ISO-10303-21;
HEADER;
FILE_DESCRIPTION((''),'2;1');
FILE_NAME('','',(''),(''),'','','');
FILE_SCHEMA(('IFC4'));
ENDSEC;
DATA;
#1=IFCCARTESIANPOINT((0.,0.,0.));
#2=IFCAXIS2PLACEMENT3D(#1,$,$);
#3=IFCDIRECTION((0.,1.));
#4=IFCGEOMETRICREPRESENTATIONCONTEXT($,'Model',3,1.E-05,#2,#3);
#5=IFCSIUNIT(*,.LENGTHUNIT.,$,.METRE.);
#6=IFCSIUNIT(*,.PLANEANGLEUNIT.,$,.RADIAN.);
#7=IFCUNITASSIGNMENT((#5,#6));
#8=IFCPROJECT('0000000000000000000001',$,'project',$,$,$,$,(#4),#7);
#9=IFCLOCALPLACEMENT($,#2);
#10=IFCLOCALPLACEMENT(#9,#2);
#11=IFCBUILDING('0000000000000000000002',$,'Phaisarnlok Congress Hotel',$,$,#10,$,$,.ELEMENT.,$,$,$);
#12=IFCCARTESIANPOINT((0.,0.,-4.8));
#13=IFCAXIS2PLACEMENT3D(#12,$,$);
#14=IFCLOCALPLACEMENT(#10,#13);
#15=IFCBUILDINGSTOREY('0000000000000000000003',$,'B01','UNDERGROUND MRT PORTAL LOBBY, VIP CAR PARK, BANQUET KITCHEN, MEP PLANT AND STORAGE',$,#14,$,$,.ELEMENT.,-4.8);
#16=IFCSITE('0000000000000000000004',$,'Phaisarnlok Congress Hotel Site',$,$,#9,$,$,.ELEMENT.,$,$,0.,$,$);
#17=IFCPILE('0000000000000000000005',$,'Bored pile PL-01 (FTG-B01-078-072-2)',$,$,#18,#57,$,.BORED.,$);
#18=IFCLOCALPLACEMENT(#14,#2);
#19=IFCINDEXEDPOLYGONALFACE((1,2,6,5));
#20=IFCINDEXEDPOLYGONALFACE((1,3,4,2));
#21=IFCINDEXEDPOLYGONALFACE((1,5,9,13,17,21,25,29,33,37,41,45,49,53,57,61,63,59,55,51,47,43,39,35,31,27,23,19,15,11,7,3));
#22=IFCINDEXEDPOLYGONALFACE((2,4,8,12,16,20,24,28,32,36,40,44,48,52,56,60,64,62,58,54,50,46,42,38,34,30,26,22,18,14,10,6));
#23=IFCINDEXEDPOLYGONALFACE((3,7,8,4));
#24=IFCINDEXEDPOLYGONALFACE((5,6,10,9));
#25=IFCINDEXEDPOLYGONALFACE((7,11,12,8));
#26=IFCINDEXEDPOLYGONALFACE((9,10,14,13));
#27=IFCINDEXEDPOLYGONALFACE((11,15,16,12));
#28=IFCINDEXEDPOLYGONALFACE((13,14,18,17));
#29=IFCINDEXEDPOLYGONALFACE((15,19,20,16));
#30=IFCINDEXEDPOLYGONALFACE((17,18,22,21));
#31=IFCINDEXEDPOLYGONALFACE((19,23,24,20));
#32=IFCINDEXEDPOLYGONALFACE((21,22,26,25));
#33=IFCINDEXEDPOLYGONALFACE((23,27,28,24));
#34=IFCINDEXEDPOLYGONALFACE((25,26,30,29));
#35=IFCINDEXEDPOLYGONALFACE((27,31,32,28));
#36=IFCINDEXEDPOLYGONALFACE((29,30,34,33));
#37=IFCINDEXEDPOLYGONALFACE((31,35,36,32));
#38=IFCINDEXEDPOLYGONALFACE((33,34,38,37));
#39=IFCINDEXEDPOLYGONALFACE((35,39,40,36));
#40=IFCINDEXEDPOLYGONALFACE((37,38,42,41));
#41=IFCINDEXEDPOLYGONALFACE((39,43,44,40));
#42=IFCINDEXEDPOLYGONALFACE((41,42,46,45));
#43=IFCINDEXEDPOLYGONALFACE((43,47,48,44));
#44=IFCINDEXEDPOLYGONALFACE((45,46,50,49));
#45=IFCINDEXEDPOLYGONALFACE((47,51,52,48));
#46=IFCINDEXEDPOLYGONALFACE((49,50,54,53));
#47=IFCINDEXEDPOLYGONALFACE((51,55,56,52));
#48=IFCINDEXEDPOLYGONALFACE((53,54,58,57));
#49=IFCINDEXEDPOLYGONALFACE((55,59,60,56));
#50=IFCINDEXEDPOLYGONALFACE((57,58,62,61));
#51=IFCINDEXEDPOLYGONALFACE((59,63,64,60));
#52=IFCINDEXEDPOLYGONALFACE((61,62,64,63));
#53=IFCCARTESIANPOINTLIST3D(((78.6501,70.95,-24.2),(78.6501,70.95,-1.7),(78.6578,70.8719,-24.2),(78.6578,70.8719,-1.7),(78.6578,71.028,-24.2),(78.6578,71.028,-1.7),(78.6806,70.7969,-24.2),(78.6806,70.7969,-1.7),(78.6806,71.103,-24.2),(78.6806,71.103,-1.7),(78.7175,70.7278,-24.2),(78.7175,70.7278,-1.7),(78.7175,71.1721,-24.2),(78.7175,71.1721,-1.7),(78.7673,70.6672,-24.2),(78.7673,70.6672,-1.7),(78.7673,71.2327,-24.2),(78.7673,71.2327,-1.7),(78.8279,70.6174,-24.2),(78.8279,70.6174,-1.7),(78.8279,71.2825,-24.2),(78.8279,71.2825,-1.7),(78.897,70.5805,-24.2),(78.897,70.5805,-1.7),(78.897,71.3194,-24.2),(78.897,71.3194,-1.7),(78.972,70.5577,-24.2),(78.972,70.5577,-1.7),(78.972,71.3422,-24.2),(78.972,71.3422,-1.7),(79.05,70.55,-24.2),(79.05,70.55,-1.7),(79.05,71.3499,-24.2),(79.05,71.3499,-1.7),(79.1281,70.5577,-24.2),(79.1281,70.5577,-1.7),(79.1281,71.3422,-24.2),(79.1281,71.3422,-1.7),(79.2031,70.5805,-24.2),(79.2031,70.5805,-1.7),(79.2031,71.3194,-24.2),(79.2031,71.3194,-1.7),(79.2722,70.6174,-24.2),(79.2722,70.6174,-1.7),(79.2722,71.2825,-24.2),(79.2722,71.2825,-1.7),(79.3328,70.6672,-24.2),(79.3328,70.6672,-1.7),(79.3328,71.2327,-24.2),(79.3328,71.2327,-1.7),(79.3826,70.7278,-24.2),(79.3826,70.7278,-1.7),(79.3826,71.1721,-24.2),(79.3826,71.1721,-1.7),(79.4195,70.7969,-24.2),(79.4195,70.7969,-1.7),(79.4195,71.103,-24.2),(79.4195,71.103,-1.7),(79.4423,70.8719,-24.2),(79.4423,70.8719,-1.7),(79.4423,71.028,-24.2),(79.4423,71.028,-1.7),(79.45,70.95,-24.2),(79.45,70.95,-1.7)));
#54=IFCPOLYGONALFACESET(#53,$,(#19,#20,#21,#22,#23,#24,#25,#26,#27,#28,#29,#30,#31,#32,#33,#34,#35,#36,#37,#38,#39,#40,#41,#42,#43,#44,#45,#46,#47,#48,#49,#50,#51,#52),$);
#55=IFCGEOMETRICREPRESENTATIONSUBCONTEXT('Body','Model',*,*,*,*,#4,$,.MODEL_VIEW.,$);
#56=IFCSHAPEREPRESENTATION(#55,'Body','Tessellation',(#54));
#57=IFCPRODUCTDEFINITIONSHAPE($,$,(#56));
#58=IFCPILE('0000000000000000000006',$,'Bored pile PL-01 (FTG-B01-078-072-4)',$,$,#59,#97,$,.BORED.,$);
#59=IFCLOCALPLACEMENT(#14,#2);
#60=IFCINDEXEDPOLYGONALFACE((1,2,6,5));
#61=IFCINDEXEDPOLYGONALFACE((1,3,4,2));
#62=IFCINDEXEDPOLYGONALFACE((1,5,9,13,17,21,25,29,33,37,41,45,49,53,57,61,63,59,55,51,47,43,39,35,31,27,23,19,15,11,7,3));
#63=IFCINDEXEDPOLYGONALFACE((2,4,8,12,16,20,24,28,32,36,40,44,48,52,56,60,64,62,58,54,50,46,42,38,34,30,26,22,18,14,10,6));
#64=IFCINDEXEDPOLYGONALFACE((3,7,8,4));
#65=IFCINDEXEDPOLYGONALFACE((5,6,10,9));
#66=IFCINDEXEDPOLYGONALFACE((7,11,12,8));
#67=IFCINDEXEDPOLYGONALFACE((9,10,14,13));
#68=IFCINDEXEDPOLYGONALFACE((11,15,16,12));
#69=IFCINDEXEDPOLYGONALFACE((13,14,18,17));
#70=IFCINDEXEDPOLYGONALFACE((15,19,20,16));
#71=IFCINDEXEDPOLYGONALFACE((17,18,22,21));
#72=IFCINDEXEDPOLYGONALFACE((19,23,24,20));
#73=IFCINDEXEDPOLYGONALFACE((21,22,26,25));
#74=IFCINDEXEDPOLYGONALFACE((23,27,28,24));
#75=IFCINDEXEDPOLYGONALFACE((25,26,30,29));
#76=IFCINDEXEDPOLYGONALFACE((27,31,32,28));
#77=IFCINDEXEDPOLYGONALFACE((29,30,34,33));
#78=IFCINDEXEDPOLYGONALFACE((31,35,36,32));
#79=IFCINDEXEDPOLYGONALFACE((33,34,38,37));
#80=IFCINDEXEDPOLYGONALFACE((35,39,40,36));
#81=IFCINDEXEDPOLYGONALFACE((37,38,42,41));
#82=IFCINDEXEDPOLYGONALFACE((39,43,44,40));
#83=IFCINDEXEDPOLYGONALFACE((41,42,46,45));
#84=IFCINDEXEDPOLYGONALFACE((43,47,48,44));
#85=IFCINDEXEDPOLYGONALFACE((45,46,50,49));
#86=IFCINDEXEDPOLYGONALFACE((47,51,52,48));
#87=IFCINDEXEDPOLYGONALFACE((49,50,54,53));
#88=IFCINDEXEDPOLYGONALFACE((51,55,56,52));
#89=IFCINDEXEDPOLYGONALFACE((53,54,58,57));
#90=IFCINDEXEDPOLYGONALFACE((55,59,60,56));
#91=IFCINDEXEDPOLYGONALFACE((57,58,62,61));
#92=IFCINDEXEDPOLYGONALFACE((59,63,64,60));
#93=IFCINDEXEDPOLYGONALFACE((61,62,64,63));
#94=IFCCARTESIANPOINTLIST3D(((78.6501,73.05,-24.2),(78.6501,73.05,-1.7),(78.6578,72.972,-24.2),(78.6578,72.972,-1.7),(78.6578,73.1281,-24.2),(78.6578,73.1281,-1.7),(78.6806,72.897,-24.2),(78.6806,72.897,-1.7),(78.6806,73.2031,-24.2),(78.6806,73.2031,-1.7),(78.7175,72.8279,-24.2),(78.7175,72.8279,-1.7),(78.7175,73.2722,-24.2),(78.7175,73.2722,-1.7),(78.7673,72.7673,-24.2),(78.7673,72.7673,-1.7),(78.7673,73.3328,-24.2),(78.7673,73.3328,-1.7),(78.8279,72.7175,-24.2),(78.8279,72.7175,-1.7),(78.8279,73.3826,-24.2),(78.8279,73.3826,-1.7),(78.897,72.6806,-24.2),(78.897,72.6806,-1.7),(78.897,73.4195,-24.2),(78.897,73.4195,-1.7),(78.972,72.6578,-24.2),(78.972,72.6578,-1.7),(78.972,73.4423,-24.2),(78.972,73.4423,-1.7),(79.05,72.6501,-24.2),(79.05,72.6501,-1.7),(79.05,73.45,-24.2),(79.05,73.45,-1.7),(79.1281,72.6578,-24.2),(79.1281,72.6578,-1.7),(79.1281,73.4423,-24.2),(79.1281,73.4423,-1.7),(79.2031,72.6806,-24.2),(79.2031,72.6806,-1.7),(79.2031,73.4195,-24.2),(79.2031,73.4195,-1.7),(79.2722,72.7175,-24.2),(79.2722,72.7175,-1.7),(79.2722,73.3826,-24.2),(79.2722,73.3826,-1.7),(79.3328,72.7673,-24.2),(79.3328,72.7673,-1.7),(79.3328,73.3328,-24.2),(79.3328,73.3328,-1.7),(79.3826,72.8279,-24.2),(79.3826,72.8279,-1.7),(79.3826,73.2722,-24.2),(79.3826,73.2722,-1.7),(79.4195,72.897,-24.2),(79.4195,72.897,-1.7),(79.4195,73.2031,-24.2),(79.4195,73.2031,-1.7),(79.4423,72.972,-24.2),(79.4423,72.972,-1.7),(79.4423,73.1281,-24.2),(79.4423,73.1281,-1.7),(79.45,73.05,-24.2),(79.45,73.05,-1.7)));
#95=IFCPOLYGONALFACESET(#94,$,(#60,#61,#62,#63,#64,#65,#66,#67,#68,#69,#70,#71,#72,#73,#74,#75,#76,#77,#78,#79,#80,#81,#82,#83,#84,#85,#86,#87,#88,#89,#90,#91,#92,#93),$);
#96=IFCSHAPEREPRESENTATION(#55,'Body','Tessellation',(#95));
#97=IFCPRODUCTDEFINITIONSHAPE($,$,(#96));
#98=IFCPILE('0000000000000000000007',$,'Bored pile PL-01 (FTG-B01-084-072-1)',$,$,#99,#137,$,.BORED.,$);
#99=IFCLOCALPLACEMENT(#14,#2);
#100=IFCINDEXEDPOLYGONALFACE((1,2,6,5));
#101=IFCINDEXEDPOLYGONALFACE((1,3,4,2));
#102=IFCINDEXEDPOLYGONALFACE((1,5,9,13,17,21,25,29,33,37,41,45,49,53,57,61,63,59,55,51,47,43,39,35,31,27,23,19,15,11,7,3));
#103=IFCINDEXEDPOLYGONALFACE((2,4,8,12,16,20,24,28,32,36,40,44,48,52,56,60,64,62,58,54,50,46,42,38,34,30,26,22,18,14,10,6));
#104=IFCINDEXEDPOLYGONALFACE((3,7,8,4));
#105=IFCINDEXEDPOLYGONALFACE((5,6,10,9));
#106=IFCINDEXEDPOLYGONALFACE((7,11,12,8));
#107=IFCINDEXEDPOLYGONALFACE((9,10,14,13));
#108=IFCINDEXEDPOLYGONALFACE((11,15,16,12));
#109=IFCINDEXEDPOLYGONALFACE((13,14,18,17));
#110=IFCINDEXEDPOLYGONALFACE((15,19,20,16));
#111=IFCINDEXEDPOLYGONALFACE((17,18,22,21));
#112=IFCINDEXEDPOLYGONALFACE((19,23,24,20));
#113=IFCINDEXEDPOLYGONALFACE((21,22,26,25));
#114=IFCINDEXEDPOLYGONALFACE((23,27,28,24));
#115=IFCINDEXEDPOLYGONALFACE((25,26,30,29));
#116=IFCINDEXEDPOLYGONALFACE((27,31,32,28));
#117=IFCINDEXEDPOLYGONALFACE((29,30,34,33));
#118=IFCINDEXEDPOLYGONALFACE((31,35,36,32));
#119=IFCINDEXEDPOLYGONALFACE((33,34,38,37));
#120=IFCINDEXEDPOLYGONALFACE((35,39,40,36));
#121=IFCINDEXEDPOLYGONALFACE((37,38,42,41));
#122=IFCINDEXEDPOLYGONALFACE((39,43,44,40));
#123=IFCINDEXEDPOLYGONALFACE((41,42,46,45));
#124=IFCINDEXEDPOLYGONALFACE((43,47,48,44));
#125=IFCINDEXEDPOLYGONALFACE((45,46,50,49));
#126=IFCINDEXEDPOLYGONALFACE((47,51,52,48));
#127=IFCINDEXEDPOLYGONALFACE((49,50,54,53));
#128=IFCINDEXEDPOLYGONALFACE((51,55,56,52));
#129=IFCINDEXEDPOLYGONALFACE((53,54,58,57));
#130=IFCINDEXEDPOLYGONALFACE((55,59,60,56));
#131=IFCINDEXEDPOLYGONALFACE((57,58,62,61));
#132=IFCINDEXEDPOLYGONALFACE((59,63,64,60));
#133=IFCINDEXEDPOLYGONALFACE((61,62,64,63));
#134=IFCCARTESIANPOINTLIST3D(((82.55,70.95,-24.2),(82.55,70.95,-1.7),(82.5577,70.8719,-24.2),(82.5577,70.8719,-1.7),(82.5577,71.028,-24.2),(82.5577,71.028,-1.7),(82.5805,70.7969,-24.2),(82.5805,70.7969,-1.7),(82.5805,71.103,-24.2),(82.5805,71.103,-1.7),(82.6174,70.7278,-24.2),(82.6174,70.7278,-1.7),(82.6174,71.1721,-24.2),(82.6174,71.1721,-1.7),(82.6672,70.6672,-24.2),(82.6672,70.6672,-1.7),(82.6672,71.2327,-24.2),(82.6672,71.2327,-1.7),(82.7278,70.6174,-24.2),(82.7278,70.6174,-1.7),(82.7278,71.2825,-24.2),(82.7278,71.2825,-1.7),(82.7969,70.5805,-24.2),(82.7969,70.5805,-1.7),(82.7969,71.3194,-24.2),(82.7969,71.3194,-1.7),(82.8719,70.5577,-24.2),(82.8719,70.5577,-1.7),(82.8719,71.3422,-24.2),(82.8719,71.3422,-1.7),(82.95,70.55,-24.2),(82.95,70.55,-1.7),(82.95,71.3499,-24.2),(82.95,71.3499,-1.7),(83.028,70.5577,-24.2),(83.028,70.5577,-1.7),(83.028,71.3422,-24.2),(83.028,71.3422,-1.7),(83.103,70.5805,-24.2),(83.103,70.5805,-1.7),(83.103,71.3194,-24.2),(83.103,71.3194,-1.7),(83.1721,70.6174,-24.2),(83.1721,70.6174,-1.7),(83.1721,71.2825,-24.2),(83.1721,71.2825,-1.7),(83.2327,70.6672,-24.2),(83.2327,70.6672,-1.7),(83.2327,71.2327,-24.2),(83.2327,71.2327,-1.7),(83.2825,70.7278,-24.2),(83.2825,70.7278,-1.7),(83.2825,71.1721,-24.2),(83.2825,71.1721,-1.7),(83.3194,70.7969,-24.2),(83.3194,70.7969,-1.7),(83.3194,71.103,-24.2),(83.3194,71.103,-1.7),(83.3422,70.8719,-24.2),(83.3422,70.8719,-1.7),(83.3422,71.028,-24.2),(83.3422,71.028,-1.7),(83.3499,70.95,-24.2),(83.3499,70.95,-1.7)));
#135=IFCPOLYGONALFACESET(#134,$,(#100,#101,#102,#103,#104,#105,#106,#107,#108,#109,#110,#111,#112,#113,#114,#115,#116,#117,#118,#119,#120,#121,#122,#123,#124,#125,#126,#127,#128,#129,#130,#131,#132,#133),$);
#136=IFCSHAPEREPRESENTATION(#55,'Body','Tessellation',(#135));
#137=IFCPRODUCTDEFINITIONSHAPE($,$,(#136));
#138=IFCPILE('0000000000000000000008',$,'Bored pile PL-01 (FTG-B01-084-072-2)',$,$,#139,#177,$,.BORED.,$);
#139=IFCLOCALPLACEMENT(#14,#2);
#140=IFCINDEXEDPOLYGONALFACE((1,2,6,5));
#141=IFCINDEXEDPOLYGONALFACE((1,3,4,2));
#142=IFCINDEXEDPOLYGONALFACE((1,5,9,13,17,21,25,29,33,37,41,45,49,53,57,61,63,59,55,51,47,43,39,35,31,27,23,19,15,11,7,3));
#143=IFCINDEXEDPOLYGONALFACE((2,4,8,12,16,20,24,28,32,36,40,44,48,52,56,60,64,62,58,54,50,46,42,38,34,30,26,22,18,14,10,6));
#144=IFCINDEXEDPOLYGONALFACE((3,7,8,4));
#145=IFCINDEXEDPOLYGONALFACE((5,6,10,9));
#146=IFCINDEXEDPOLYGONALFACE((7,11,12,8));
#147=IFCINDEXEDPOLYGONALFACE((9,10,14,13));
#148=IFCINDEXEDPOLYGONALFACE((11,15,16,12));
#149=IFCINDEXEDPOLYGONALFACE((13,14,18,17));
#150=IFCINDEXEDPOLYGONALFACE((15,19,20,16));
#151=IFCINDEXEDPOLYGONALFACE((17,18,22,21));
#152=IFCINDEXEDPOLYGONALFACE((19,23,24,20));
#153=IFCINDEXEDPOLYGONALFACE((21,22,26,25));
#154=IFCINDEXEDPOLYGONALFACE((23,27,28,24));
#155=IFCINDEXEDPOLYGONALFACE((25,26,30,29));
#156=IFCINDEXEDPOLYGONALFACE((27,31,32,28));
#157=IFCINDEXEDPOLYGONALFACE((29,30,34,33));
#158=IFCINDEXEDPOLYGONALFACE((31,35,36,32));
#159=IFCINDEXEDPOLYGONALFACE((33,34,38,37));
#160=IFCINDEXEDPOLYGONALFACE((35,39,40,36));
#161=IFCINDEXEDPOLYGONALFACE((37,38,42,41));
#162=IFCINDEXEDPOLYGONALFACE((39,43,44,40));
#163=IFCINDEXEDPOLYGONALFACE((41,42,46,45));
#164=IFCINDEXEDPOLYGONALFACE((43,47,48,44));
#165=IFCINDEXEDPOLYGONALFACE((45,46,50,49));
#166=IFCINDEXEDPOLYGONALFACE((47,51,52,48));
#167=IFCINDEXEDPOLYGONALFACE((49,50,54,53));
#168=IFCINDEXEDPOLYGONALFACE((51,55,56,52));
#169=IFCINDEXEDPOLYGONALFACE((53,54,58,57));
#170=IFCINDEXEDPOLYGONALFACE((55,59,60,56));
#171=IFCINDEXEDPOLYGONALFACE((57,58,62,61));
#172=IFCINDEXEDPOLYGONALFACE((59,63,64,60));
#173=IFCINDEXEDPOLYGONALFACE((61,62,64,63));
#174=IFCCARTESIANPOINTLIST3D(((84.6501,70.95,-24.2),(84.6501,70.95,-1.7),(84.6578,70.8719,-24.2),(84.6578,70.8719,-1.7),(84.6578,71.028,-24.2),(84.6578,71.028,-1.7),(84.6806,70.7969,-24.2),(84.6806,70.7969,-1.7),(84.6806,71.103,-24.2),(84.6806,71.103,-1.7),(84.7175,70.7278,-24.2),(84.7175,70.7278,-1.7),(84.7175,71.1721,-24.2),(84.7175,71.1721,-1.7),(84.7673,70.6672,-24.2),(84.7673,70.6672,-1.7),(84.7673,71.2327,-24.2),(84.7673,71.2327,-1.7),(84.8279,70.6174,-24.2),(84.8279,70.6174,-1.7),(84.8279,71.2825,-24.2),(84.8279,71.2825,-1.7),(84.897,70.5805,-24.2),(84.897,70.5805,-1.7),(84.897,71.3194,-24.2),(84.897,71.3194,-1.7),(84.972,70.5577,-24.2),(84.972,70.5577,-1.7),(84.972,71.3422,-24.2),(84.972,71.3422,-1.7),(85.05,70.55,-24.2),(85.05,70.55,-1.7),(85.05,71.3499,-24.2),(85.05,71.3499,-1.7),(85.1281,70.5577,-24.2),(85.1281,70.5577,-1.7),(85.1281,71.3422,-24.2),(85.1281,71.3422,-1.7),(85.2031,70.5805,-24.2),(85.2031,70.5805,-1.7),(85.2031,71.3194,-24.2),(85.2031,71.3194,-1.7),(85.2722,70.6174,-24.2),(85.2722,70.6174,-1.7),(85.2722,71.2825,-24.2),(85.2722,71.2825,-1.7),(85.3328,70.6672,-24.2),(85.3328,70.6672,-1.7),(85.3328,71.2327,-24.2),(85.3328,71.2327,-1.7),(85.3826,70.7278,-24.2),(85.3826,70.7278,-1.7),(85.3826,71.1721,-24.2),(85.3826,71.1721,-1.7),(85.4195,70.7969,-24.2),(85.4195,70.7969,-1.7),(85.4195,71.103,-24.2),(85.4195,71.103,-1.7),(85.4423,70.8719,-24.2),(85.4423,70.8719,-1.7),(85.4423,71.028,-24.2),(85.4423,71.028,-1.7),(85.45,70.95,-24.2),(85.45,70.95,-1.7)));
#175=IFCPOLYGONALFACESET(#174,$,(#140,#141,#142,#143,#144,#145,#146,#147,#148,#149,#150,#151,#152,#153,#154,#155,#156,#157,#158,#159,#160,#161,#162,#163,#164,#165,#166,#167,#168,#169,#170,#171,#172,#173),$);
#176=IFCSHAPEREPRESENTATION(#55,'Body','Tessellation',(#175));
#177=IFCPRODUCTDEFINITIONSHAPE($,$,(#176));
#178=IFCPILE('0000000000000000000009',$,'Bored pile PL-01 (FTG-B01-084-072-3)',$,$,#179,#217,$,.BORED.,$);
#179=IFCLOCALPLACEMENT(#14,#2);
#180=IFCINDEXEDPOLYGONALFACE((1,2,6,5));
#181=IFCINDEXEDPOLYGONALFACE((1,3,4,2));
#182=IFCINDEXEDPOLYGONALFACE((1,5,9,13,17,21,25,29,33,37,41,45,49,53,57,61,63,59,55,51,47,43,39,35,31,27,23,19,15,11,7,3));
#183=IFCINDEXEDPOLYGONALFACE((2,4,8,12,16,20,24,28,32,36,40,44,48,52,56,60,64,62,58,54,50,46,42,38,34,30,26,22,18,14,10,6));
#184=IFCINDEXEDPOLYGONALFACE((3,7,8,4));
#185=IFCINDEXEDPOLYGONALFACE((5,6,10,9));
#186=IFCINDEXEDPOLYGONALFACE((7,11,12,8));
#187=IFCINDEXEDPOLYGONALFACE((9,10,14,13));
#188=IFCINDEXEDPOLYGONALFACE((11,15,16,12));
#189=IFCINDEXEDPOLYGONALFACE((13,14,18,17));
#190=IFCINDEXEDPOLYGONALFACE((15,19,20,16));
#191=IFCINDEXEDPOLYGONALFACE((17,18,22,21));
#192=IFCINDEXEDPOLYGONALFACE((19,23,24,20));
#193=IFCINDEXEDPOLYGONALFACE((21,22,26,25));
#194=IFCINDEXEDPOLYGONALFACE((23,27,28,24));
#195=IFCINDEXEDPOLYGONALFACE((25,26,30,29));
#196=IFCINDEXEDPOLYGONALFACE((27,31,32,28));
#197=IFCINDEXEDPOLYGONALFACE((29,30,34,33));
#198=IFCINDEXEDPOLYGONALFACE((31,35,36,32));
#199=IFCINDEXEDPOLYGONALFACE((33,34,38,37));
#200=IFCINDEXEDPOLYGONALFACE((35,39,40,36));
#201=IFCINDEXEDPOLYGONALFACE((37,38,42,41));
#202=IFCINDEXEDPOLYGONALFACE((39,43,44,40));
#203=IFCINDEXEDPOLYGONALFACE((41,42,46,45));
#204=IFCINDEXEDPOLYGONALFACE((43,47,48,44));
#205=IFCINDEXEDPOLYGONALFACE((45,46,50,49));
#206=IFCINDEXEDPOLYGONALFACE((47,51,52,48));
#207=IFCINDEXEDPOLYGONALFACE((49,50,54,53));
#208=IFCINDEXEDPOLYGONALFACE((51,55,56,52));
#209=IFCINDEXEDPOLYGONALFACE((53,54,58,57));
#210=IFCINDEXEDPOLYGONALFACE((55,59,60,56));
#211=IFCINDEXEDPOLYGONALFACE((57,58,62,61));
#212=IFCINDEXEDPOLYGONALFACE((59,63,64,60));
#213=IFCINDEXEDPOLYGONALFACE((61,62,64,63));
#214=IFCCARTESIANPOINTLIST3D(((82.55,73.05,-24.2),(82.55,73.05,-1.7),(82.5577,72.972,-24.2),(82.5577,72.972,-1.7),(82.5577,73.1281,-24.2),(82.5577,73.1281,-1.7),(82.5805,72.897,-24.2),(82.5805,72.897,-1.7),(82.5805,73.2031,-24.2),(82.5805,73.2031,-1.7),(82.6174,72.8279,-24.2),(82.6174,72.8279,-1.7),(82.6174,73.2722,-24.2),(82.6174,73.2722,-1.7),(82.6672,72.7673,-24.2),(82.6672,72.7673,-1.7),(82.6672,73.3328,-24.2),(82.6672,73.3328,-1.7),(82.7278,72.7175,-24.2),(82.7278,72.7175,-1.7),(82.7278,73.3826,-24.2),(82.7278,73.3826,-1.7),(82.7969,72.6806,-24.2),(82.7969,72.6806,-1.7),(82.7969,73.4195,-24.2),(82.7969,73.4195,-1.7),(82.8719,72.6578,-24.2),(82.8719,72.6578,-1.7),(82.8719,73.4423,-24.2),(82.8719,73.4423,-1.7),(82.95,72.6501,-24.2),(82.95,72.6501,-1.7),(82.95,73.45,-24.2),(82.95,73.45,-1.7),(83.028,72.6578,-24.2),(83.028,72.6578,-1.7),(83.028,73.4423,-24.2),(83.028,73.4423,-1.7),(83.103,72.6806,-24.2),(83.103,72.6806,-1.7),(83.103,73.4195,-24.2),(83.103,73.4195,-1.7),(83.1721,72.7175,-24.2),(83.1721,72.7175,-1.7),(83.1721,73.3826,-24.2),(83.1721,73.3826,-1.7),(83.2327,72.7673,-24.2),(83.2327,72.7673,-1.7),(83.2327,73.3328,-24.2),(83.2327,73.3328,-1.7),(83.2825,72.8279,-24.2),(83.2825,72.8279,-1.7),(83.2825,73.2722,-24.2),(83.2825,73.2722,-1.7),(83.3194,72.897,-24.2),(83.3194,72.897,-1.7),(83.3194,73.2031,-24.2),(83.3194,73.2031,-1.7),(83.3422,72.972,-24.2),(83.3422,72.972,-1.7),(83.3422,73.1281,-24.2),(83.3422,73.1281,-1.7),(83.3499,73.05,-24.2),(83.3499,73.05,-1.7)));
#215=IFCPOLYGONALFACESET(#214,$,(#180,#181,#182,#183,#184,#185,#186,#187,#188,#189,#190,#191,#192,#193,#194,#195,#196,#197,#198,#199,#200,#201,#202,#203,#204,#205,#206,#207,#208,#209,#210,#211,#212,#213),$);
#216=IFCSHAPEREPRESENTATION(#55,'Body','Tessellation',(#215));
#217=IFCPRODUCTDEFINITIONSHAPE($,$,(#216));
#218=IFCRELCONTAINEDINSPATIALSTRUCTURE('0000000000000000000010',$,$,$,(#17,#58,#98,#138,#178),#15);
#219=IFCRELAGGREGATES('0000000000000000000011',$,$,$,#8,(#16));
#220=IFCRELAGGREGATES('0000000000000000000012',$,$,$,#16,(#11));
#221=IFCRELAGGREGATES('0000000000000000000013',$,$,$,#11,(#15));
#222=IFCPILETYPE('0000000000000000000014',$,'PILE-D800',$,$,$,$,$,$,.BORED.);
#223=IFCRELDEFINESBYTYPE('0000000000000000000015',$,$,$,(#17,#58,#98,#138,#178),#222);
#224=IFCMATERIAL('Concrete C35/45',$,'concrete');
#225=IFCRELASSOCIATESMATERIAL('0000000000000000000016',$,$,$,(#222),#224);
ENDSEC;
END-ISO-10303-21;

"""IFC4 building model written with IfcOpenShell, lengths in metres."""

from ifc_helpers import new_model, si_unit, direction, frame, origin, origin_2d, place, context, subcontext, project, spatial, circle, extrude, material, material_profile, profile_set, type_object, element, save


model = new_model("IFC4")

# Units and contexts
model_context = context("Model", 3, precision=1e-05, world=origin(), true_north=direction((0.0, 1.0)))
body_context = subcontext(model_context, "Body", "Model", "MODEL_VIEW")
ifc_project = project(units=[si_unit("LENGTHUNIT", "METRE"), si_unit("PLANEANGLEUNIT", "RADIAN")], contexts=[model_context])

# Site, building, storey
site_placement = place(None, origin())
site = spatial("IfcSite", under=ifc_project, at=site_placement, Name="Phaisarnlok Congress Hotel Site", CompositionType="ELEMENT", RefElevation=0.0)
building_placement = place(site_placement, origin())
building = spatial("IfcBuilding", under=site, at=building_placement, Name="Phaisarnlok Congress Hotel", CompositionType="ELEMENT")
storey_placement = place(building_placement, frame((0.0, 0.0, -4.8)))
storey = spatial("IfcBuildingStorey", under=building, at=storey_placement, Name="B01", Description="UNDERGROUND MRT PORTAL LOBBY, VIP CAR PARK, BANQUET KITCHEN, MEP PLANT AND STORAGE", CompositionType="ELEMENT", Elevation=-4.8)

# Piles
ifc_material_1 = material(Name="Concrete C35/45", Category="concrete")
ifc_material_profile_1 = material_profile(ifc_material_1, circle(Radius=0.3999, at=origin_2d()), Name="BORED PILE D800")
ifc_profile_set_1 = profile_set([ifc_material_profile_1], Name="Concrete C35/45")
pile_type_1 = type_object("IfcPileType", Name="PILE-D800", PredefinedType="BORED", material=ifc_profile_set_1)
for number, where, z_axis, x_axis, name in (
    (1, (79.05, 70.95, -1.7), (0.0, 0.0, -1.0), (1.0, 0.0, 0.0), "Bored pile PL-01 (FTG-B01-078-072-2)"),
    (2, (79.05, 73.05, -1.7), (0.0, 0.0, -1.0), (1.0, 0.0, 0.0), "Bored pile PL-01 (FTG-B01-078-072-4)"),
    (3, (82.95, 70.95, -1.7), (0.0, 0.0, -1.0), (1.0, 0.0, 0.0), "Bored pile PL-01 (FTG-B01-084-072-1)"),
    (4, (85.05, 70.95, -1.7), (0.0, 0.0, -1.0), (1.0, 0.0, 0.0), "Bored pile PL-01 (FTG-B01-084-072-2)"),
    (5, (82.95, 73.05, -1.7), (0.0, 0.0, -1.0), (1.0, 0.0, 0.0), "Bored pile PL-01 (FTG-B01-084-072-3)"),
):
    element("IfcPile", number, at=place(storey_placement, frame(where, z_axis=z_axis, x_axis=x_axis)), inside=storey, type_object=pile_type_1, Name=name, PredefinedType="BORED", context=body_context, shape_type="SweptSolid", body=[
        extrude(circle(Radius=0.3999, at=origin_2d()), origin(), (0.0, 0.0, 1.0), 22.5),
    ])

save(model, "model.ifc")
